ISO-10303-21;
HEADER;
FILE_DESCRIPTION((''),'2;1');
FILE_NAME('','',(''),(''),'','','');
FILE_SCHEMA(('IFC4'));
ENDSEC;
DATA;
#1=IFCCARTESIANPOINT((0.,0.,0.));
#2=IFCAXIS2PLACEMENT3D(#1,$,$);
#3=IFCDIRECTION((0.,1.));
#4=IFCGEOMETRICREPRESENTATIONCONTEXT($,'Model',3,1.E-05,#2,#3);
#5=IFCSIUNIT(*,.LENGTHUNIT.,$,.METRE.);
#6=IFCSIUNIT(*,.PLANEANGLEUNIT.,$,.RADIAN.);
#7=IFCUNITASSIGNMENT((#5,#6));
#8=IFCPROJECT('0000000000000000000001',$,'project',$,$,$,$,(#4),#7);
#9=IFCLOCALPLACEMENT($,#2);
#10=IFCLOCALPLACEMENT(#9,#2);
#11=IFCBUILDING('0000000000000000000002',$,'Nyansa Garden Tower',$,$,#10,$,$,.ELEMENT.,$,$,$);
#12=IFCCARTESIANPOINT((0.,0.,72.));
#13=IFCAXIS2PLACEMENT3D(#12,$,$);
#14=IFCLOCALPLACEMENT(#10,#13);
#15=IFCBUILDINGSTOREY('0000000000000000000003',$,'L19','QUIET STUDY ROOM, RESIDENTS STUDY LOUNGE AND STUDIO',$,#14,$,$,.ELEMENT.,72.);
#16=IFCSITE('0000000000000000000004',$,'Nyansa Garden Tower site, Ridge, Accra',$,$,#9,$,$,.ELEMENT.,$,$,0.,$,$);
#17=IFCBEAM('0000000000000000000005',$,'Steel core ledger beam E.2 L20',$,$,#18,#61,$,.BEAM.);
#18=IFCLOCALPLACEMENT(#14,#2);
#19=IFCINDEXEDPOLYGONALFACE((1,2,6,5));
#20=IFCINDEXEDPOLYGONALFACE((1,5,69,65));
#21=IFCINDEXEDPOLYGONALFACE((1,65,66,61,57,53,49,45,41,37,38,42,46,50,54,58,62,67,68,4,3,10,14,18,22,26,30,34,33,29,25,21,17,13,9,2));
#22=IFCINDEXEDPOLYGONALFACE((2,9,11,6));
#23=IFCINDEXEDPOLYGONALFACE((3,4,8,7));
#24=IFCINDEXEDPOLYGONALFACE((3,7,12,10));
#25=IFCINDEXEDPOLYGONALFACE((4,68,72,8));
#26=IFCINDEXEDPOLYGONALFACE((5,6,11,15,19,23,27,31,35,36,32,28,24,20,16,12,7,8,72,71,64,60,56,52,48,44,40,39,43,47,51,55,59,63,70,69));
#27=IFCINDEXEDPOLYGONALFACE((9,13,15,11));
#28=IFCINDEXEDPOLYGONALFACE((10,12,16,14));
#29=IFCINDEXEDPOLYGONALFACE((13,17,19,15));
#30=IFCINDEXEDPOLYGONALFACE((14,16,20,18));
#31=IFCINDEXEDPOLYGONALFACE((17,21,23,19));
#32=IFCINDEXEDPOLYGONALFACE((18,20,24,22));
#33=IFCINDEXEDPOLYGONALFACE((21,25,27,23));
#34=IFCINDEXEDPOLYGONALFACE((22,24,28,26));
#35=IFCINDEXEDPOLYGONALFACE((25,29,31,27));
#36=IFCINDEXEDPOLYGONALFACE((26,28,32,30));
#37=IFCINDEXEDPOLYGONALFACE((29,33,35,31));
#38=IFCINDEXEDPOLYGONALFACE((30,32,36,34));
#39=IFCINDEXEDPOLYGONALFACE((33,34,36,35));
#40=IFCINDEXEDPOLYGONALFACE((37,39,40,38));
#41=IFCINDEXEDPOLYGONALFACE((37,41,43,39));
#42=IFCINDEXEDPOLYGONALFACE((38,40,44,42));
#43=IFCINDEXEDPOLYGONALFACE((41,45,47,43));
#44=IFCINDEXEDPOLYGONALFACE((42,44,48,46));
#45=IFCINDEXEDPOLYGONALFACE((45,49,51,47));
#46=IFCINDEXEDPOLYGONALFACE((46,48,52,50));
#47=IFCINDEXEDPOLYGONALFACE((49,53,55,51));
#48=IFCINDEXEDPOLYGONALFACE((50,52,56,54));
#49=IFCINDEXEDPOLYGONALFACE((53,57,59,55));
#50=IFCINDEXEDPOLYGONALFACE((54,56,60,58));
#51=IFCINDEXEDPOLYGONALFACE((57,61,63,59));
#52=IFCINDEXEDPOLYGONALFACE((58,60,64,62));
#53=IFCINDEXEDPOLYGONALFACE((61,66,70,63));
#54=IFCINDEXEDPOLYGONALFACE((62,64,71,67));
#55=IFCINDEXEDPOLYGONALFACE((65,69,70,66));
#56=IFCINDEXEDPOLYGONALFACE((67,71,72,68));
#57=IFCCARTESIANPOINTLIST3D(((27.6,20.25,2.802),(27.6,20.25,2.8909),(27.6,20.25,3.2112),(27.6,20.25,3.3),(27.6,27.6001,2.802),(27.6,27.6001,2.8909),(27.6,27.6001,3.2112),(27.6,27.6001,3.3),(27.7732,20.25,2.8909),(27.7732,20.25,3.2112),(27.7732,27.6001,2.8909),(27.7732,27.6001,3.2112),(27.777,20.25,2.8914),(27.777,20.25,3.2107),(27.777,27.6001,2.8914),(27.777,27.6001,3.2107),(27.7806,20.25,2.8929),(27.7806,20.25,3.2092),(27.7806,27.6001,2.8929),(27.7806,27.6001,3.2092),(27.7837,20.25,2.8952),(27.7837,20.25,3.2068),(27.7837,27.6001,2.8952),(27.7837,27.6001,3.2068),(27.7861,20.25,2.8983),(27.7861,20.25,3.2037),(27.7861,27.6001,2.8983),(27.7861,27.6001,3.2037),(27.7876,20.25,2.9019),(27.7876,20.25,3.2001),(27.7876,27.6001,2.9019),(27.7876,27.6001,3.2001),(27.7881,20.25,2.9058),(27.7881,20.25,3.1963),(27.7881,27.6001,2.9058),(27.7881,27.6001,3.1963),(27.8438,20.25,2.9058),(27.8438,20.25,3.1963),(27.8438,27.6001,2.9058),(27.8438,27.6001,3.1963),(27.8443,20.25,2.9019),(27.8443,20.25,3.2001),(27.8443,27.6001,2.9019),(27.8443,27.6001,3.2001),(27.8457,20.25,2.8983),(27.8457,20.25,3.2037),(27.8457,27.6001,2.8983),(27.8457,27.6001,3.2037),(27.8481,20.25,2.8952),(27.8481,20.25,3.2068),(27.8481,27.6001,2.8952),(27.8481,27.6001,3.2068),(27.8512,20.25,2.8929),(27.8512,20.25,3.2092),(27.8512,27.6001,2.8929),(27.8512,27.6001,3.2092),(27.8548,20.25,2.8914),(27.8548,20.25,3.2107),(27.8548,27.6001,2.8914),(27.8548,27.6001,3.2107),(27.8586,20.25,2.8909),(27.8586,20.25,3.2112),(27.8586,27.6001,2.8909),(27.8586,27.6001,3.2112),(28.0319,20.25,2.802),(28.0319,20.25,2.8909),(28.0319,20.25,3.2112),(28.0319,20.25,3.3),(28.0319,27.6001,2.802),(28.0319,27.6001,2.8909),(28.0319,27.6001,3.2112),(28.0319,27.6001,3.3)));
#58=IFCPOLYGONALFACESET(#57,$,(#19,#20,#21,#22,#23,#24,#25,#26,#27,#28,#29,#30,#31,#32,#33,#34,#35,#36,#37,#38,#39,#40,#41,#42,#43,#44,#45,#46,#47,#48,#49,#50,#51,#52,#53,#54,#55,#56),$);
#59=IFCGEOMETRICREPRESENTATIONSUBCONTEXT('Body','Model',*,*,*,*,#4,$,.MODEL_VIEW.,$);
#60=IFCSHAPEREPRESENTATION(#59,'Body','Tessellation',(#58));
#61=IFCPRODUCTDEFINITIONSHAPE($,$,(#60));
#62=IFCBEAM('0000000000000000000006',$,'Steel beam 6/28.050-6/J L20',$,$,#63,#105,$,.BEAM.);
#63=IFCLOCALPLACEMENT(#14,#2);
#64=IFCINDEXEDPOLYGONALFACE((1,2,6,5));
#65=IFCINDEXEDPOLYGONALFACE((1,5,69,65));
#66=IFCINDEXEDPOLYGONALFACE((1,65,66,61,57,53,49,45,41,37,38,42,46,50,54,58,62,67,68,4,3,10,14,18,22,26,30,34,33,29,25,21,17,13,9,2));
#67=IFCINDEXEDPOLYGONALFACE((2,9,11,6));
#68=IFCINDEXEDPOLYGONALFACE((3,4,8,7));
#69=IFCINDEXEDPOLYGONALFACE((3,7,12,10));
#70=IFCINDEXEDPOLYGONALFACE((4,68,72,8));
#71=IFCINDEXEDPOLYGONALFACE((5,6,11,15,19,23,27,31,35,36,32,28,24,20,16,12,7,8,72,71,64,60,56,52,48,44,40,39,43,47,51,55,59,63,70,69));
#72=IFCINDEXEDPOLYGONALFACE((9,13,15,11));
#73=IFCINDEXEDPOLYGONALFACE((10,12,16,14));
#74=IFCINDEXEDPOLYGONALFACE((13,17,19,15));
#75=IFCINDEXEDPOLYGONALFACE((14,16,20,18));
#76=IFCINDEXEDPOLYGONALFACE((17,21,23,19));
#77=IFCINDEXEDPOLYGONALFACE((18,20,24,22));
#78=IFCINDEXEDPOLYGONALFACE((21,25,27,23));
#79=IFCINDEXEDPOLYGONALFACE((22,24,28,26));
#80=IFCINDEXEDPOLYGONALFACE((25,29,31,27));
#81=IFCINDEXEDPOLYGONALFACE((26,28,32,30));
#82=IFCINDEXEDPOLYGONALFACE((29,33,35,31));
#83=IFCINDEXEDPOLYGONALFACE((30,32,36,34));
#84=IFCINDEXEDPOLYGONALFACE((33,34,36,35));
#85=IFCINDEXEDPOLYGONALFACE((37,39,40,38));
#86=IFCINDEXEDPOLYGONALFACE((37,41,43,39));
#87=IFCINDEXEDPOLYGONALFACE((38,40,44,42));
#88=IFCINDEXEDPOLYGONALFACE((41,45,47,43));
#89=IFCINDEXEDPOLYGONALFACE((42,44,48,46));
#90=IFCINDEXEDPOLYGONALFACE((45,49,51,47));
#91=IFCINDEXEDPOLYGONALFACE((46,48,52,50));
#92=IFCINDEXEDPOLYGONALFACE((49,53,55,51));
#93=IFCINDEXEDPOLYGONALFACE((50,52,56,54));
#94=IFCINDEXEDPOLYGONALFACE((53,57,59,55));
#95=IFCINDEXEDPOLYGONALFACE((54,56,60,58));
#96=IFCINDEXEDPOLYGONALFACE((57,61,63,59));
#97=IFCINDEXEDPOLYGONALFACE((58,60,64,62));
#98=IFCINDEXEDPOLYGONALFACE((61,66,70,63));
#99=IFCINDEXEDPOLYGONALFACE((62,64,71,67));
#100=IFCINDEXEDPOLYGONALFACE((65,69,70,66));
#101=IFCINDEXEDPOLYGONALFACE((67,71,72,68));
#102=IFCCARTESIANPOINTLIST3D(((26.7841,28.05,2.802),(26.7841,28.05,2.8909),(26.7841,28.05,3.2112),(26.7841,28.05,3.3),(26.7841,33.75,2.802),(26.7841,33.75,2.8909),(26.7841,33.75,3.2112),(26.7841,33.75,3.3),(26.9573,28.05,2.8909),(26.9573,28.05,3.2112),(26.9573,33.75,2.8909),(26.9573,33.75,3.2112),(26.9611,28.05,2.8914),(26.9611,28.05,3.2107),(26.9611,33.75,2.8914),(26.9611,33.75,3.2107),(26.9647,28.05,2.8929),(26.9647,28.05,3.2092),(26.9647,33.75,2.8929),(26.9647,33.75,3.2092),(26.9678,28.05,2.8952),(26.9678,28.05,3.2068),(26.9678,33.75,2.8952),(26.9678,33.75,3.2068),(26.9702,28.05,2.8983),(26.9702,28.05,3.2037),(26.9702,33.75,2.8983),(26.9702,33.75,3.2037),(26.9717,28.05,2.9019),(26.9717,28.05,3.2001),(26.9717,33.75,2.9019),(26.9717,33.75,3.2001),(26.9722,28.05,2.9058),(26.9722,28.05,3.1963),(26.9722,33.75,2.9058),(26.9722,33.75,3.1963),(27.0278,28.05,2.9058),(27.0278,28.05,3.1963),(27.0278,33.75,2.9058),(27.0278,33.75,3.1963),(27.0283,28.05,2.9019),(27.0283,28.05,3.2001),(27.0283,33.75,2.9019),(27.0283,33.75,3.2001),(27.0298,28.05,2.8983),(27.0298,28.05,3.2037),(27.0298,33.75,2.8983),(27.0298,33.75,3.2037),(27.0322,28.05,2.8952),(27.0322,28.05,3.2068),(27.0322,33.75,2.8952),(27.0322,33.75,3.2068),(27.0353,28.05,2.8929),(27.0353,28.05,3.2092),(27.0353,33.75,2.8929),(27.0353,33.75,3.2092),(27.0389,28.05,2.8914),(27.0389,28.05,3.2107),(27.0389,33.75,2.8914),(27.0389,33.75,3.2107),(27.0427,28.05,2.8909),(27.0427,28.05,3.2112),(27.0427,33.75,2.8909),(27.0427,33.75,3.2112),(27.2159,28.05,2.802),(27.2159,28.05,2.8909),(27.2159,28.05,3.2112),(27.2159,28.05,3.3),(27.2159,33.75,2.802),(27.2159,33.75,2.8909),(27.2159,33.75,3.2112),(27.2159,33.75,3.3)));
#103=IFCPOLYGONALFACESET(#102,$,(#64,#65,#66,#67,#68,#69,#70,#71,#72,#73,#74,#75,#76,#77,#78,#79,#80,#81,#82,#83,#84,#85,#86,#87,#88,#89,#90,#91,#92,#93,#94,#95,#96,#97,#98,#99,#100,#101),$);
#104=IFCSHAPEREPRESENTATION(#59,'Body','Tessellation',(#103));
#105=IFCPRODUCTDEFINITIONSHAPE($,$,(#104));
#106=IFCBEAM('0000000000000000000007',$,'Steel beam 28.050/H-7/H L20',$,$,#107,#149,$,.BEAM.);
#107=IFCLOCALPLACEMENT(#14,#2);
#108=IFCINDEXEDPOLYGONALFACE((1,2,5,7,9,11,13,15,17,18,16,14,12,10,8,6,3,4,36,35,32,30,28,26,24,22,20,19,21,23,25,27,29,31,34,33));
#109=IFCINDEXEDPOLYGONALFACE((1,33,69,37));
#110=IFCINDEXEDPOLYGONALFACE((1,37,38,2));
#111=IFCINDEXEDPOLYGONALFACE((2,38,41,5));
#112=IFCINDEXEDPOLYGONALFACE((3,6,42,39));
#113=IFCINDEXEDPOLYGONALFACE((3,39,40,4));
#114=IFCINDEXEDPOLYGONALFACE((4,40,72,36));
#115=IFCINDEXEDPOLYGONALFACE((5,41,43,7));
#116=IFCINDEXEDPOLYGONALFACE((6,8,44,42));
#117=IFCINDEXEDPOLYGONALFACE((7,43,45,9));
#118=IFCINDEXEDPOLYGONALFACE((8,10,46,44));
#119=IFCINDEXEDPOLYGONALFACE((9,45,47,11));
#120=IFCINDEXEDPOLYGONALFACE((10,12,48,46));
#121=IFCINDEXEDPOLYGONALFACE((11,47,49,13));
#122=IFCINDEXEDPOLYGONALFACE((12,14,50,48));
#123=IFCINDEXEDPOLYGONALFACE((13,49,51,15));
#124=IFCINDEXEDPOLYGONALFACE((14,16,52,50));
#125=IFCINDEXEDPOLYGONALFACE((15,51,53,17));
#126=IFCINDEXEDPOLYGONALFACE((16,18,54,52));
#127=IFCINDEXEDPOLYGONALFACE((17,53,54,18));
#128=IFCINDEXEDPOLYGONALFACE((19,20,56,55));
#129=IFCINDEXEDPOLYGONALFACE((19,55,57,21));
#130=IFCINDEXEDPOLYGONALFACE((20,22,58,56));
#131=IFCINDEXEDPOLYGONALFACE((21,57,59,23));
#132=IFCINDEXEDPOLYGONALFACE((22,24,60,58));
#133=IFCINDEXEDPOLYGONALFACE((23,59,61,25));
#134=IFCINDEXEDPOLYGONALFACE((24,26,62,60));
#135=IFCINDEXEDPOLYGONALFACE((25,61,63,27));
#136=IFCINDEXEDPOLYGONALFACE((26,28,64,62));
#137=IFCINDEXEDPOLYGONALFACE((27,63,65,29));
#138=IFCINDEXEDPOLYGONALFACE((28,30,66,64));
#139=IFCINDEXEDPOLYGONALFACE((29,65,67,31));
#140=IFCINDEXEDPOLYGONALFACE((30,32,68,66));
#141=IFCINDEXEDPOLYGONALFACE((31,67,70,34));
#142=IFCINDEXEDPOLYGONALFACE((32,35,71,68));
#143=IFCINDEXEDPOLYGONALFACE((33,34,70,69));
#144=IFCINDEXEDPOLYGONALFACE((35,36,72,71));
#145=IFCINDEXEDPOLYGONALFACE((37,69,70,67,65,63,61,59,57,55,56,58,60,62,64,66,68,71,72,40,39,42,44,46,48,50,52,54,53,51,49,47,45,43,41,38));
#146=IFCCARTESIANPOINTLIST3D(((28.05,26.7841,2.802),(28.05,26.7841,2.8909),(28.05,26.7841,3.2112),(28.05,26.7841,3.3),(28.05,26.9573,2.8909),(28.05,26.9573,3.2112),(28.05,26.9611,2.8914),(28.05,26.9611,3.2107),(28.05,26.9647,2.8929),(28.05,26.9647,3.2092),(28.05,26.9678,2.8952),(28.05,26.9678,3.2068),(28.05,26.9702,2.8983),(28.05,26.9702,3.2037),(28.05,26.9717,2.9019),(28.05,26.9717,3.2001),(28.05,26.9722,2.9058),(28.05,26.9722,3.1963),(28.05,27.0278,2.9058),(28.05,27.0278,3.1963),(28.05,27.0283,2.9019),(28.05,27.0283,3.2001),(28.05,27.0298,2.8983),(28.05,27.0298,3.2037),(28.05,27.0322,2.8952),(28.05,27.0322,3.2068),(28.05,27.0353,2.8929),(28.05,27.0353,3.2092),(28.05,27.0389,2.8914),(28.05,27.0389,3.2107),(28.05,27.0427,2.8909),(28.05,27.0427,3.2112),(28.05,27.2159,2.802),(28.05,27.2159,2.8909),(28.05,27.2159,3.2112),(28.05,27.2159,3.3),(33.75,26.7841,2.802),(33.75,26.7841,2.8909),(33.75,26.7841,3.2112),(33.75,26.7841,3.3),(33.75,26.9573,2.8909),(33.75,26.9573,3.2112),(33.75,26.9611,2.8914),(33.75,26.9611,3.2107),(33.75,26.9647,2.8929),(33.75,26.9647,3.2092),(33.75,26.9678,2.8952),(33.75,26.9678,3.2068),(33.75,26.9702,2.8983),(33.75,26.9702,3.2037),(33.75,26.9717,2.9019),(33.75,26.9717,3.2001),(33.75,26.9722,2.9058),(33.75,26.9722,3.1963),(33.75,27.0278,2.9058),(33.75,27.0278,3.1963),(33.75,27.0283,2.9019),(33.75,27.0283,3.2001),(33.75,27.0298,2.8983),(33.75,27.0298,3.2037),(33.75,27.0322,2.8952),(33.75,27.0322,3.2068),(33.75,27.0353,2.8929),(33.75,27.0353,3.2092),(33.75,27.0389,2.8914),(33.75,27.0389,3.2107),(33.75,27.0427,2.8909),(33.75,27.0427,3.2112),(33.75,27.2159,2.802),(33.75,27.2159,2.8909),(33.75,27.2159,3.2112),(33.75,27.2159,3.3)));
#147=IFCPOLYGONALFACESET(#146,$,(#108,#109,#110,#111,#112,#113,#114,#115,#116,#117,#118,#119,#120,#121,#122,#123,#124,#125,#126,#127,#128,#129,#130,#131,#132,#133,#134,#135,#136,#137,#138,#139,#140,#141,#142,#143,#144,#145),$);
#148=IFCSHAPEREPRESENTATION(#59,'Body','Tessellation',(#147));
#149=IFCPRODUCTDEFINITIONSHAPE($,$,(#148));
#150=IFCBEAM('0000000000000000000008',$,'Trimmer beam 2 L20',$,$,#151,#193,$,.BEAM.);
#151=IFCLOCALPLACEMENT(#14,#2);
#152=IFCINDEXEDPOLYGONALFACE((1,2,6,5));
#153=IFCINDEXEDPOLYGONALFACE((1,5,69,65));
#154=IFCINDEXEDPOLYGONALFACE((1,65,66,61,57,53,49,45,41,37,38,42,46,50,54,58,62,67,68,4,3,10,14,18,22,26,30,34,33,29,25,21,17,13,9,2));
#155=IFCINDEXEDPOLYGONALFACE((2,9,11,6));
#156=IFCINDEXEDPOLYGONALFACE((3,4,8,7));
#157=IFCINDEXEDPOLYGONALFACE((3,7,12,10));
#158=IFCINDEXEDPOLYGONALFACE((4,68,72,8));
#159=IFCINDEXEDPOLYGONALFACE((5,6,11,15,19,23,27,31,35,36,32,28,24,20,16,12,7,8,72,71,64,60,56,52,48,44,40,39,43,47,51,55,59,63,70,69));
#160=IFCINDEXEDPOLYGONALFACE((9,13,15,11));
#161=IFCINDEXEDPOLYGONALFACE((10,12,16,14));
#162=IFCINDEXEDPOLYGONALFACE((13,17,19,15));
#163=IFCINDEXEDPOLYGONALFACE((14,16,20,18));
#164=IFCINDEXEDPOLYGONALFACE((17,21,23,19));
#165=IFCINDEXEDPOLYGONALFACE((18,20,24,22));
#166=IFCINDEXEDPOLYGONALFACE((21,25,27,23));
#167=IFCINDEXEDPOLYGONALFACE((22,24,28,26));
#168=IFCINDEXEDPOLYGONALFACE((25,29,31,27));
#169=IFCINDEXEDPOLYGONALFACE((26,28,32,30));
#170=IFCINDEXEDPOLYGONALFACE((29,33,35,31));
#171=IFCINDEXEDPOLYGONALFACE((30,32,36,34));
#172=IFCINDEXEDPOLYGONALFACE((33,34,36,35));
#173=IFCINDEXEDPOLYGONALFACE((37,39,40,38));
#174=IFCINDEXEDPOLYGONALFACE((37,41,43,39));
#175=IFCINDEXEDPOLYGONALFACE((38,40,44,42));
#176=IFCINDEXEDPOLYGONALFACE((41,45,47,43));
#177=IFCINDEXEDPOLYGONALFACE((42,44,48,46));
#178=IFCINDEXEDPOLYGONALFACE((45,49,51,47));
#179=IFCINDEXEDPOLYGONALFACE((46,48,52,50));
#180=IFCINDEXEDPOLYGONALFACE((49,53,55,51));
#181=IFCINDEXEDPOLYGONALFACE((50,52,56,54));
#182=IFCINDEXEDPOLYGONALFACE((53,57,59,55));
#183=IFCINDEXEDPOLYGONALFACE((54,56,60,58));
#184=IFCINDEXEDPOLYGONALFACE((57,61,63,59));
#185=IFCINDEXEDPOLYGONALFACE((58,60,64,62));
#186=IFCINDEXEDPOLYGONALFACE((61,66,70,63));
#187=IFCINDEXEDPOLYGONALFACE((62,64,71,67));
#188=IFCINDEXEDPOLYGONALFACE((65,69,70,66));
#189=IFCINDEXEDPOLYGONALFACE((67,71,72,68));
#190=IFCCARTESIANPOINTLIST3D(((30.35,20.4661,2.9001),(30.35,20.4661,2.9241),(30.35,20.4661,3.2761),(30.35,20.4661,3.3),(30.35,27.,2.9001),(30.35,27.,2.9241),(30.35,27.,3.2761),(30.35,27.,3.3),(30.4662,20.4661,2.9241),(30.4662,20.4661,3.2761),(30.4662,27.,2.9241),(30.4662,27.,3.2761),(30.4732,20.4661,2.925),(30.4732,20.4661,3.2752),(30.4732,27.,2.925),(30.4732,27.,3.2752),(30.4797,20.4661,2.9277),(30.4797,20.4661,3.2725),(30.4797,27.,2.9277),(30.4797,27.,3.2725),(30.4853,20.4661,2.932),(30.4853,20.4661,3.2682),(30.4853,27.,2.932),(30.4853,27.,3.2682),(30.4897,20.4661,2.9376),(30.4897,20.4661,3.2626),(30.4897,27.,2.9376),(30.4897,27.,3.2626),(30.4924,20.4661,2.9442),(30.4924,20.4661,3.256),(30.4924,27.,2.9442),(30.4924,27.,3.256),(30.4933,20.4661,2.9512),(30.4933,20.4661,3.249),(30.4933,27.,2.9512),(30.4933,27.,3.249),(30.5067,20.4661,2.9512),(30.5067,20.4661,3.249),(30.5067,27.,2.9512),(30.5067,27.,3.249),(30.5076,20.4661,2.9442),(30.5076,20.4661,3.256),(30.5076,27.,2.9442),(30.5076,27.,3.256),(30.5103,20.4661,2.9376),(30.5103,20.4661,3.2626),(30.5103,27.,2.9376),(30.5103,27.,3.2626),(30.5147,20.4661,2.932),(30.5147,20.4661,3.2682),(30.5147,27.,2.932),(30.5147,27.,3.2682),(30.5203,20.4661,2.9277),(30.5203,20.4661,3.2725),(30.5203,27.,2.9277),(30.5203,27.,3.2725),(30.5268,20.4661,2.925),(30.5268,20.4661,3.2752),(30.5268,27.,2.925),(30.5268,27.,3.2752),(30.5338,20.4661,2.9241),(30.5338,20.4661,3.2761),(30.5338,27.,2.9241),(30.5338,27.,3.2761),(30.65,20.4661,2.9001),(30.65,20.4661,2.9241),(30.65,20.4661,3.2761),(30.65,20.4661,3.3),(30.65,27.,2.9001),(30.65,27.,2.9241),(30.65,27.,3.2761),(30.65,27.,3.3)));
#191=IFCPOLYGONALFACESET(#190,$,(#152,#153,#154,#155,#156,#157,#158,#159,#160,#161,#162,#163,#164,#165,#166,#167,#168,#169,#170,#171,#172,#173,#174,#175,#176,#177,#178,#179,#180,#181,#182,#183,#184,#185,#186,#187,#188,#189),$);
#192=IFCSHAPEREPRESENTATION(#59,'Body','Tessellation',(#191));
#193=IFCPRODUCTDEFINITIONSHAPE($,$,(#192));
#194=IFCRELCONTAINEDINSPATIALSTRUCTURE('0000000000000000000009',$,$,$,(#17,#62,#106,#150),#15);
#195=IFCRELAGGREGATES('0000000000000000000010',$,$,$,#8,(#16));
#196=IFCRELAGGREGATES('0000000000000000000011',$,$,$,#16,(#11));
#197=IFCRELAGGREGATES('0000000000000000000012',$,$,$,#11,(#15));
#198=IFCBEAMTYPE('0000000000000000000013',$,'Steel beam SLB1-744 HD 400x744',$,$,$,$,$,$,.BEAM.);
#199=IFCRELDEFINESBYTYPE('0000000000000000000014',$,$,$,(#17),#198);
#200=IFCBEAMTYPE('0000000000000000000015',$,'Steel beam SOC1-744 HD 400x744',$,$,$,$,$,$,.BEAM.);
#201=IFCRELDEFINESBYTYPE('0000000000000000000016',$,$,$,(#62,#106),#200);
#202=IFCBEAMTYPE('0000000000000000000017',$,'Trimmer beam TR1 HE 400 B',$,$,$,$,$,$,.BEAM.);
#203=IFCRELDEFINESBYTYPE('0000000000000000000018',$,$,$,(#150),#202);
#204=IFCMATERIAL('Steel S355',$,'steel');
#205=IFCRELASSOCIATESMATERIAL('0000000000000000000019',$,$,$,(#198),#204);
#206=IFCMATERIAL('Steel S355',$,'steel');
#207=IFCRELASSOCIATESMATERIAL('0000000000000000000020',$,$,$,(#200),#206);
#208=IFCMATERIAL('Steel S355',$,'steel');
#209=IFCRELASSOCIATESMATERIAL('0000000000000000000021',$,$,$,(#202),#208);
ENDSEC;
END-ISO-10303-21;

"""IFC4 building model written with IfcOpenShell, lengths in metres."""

from ifc_helpers import new_model, si_unit, direction, frame, origin, origin_2d, place, context, subcontext, project, spatial, i_section, extrude, material, material_profile, profile_set, type_object, element, save


model = new_model("IFC4")

# Units and contexts
model_context = context("Model", 3, precision=1e-05, world=origin(), true_north=direction((0.0, 1.0)))
body_context = subcontext(model_context, "Body", "Model", "MODEL_VIEW")
ifc_project = project(units=[si_unit("LENGTHUNIT", "METRE"), si_unit("PLANEANGLEUNIT", "RADIAN")], contexts=[model_context])

# Site, building, storey
site_placement = place(None, origin())
site = spatial("IfcSite", under=ifc_project, at=site_placement, Name="Nyansa Garden Tower site, Ridge, Accra", CompositionType="ELEMENT", RefElevation=0.0)
building_placement = place(site_placement, origin())
building = spatial("IfcBuilding", under=site, at=building_placement, Name="Nyansa Garden Tower", CompositionType="ELEMENT")
storey_placement = place(building_placement, frame((0.0, 0.0, 72.0)))
storey = spatial("IfcBuildingStorey", under=building, at=storey_placement, Name="L19", Description="QUIET STUDY ROOM, RESIDENTS STUDY LOUNGE AND STUDIO", CompositionType="ELEMENT", Elevation=72.0)

# Beams
ifc_material_1 = material(Name="Steel S355", Category="steel")
ifc_material_profile_1 = material_profile(ifc_material_1, i_section(OverallWidth=0.4319, OverallDepth=0.498, WebThickness=0.0557, FlangeThickness=0.0889, FilletRadius=0.0149, at=origin_2d()), Name="HD 400x744")
ifc_profile_set_1 = profile_set([ifc_material_profile_1], Name="Steel S355")
beam_type_1 = type_object("IfcBeamType", Name="Steel beam SLB1-744 HD 400x744", PredefinedType="BEAM", material=ifc_profile_set_1)
beam_1_placement = place(storey_placement, frame((27.8159, 20.25, 3.051), z_axis=(0.0, 1.0, 0.0), x_axis=(-1.0, 0.0, 0.0)))
element("IfcBeam", 1, at=beam_1_placement, inside=storey, type_object=beam_type_1, Name="Steel core ledger beam E.2 L20", PredefinedType="BEAM", context=body_context, shape_type="SweptSolid", body=[
    extrude(i_section(OverallWidth=0.4319, OverallDepth=0.498, WebThickness=0.0557, FlangeThickness=0.0889, FilletRadius=0.0149, at=origin_2d()), origin(), (0.0, 0.0, 1.0), 7.3501),
])
ifc_material_2 = material(Name="Steel S355", Category="steel")
ifc_material_profile_2 = material_profile(ifc_material_2, i_section(OverallWidth=0.4319, OverallDepth=0.498, WebThickness=0.0557, FlangeThickness=0.0889, FilletRadius=0.0149, at=origin_2d()), Name="HD 400x744")
ifc_profile_set_2 = profile_set([ifc_material_profile_2], Name="Steel S355")
beam_type_2 = type_object("IfcBeamType", Name="Steel beam SOC1-744 HD 400x744", PredefinedType="BEAM", material=ifc_profile_set_2)
for number, where, z_axis, x_axis, name in (
    (2, (27.0, 28.05, 3.051), (0.0, 1.0, 0.0), (-1.0, 0.0, 0.0), "Steel beam 6/28.050-6/J L20"),
    (3, (28.05, 27.0, 3.051), (1.0, 0.0, 0.0), (0.0, 1.0, 0.0), "Steel beam 28.050/H-7/H L20"),
):
    element("IfcBeam", number, at=place(storey_placement, frame(where, z_axis=z_axis, x_axis=x_axis)), inside=storey, type_object=beam_type_2, Name=name, PredefinedType="BEAM", context=body_context, shape_type="SweptSolid", body=[
        extrude(i_section(OverallWidth=0.4319, OverallDepth=0.498, WebThickness=0.0557, FlangeThickness=0.0889, FilletRadius=0.0149, at=origin_2d()), origin(), (0.0, 0.0, 1.0), 5.7),
    ])
ifc_material_3 = material(Name="Steel S355", Category="steel")
ifc_material_profile_3 = material_profile(ifc_material_3, i_section(OverallWidth=0.3, OverallDepth=0.3999, WebThickness=0.0134, FlangeThickness=0.0239, FilletRadius=0.0271, at=origin_2d()), Name="HE 400 B")
ifc_profile_set_3 = profile_set([ifc_material_profile_3], Name="Steel S355")
beam_type_3 = type_object("IfcBeamType", Name="Trimmer beam TR1 HE 400 B", PredefinedType="BEAM", material=ifc_profile_set_3)
beam_2_placement = place(storey_placement, frame((30.5, 20.4661, 3.1001), z_axis=(0.0, 1.0, 0.0), x_axis=(-1.0, 0.0, 0.0)))
element("IfcBeam", 4, at=beam_2_placement, inside=storey, type_object=beam_type_3, Name="Trimmer beam 2 L20", PredefinedType="BEAM", context=body_context, shape_type="SweptSolid", body=[
    extrude(i_section(OverallWidth=0.3, OverallDepth=0.3999, WebThickness=0.0134, FlangeThickness=0.0239, FilletRadius=0.0271, at=origin_2d()), origin(), (0.0, 0.0, 1.0), 6.5339),
])

save(model, "model.ifc")
